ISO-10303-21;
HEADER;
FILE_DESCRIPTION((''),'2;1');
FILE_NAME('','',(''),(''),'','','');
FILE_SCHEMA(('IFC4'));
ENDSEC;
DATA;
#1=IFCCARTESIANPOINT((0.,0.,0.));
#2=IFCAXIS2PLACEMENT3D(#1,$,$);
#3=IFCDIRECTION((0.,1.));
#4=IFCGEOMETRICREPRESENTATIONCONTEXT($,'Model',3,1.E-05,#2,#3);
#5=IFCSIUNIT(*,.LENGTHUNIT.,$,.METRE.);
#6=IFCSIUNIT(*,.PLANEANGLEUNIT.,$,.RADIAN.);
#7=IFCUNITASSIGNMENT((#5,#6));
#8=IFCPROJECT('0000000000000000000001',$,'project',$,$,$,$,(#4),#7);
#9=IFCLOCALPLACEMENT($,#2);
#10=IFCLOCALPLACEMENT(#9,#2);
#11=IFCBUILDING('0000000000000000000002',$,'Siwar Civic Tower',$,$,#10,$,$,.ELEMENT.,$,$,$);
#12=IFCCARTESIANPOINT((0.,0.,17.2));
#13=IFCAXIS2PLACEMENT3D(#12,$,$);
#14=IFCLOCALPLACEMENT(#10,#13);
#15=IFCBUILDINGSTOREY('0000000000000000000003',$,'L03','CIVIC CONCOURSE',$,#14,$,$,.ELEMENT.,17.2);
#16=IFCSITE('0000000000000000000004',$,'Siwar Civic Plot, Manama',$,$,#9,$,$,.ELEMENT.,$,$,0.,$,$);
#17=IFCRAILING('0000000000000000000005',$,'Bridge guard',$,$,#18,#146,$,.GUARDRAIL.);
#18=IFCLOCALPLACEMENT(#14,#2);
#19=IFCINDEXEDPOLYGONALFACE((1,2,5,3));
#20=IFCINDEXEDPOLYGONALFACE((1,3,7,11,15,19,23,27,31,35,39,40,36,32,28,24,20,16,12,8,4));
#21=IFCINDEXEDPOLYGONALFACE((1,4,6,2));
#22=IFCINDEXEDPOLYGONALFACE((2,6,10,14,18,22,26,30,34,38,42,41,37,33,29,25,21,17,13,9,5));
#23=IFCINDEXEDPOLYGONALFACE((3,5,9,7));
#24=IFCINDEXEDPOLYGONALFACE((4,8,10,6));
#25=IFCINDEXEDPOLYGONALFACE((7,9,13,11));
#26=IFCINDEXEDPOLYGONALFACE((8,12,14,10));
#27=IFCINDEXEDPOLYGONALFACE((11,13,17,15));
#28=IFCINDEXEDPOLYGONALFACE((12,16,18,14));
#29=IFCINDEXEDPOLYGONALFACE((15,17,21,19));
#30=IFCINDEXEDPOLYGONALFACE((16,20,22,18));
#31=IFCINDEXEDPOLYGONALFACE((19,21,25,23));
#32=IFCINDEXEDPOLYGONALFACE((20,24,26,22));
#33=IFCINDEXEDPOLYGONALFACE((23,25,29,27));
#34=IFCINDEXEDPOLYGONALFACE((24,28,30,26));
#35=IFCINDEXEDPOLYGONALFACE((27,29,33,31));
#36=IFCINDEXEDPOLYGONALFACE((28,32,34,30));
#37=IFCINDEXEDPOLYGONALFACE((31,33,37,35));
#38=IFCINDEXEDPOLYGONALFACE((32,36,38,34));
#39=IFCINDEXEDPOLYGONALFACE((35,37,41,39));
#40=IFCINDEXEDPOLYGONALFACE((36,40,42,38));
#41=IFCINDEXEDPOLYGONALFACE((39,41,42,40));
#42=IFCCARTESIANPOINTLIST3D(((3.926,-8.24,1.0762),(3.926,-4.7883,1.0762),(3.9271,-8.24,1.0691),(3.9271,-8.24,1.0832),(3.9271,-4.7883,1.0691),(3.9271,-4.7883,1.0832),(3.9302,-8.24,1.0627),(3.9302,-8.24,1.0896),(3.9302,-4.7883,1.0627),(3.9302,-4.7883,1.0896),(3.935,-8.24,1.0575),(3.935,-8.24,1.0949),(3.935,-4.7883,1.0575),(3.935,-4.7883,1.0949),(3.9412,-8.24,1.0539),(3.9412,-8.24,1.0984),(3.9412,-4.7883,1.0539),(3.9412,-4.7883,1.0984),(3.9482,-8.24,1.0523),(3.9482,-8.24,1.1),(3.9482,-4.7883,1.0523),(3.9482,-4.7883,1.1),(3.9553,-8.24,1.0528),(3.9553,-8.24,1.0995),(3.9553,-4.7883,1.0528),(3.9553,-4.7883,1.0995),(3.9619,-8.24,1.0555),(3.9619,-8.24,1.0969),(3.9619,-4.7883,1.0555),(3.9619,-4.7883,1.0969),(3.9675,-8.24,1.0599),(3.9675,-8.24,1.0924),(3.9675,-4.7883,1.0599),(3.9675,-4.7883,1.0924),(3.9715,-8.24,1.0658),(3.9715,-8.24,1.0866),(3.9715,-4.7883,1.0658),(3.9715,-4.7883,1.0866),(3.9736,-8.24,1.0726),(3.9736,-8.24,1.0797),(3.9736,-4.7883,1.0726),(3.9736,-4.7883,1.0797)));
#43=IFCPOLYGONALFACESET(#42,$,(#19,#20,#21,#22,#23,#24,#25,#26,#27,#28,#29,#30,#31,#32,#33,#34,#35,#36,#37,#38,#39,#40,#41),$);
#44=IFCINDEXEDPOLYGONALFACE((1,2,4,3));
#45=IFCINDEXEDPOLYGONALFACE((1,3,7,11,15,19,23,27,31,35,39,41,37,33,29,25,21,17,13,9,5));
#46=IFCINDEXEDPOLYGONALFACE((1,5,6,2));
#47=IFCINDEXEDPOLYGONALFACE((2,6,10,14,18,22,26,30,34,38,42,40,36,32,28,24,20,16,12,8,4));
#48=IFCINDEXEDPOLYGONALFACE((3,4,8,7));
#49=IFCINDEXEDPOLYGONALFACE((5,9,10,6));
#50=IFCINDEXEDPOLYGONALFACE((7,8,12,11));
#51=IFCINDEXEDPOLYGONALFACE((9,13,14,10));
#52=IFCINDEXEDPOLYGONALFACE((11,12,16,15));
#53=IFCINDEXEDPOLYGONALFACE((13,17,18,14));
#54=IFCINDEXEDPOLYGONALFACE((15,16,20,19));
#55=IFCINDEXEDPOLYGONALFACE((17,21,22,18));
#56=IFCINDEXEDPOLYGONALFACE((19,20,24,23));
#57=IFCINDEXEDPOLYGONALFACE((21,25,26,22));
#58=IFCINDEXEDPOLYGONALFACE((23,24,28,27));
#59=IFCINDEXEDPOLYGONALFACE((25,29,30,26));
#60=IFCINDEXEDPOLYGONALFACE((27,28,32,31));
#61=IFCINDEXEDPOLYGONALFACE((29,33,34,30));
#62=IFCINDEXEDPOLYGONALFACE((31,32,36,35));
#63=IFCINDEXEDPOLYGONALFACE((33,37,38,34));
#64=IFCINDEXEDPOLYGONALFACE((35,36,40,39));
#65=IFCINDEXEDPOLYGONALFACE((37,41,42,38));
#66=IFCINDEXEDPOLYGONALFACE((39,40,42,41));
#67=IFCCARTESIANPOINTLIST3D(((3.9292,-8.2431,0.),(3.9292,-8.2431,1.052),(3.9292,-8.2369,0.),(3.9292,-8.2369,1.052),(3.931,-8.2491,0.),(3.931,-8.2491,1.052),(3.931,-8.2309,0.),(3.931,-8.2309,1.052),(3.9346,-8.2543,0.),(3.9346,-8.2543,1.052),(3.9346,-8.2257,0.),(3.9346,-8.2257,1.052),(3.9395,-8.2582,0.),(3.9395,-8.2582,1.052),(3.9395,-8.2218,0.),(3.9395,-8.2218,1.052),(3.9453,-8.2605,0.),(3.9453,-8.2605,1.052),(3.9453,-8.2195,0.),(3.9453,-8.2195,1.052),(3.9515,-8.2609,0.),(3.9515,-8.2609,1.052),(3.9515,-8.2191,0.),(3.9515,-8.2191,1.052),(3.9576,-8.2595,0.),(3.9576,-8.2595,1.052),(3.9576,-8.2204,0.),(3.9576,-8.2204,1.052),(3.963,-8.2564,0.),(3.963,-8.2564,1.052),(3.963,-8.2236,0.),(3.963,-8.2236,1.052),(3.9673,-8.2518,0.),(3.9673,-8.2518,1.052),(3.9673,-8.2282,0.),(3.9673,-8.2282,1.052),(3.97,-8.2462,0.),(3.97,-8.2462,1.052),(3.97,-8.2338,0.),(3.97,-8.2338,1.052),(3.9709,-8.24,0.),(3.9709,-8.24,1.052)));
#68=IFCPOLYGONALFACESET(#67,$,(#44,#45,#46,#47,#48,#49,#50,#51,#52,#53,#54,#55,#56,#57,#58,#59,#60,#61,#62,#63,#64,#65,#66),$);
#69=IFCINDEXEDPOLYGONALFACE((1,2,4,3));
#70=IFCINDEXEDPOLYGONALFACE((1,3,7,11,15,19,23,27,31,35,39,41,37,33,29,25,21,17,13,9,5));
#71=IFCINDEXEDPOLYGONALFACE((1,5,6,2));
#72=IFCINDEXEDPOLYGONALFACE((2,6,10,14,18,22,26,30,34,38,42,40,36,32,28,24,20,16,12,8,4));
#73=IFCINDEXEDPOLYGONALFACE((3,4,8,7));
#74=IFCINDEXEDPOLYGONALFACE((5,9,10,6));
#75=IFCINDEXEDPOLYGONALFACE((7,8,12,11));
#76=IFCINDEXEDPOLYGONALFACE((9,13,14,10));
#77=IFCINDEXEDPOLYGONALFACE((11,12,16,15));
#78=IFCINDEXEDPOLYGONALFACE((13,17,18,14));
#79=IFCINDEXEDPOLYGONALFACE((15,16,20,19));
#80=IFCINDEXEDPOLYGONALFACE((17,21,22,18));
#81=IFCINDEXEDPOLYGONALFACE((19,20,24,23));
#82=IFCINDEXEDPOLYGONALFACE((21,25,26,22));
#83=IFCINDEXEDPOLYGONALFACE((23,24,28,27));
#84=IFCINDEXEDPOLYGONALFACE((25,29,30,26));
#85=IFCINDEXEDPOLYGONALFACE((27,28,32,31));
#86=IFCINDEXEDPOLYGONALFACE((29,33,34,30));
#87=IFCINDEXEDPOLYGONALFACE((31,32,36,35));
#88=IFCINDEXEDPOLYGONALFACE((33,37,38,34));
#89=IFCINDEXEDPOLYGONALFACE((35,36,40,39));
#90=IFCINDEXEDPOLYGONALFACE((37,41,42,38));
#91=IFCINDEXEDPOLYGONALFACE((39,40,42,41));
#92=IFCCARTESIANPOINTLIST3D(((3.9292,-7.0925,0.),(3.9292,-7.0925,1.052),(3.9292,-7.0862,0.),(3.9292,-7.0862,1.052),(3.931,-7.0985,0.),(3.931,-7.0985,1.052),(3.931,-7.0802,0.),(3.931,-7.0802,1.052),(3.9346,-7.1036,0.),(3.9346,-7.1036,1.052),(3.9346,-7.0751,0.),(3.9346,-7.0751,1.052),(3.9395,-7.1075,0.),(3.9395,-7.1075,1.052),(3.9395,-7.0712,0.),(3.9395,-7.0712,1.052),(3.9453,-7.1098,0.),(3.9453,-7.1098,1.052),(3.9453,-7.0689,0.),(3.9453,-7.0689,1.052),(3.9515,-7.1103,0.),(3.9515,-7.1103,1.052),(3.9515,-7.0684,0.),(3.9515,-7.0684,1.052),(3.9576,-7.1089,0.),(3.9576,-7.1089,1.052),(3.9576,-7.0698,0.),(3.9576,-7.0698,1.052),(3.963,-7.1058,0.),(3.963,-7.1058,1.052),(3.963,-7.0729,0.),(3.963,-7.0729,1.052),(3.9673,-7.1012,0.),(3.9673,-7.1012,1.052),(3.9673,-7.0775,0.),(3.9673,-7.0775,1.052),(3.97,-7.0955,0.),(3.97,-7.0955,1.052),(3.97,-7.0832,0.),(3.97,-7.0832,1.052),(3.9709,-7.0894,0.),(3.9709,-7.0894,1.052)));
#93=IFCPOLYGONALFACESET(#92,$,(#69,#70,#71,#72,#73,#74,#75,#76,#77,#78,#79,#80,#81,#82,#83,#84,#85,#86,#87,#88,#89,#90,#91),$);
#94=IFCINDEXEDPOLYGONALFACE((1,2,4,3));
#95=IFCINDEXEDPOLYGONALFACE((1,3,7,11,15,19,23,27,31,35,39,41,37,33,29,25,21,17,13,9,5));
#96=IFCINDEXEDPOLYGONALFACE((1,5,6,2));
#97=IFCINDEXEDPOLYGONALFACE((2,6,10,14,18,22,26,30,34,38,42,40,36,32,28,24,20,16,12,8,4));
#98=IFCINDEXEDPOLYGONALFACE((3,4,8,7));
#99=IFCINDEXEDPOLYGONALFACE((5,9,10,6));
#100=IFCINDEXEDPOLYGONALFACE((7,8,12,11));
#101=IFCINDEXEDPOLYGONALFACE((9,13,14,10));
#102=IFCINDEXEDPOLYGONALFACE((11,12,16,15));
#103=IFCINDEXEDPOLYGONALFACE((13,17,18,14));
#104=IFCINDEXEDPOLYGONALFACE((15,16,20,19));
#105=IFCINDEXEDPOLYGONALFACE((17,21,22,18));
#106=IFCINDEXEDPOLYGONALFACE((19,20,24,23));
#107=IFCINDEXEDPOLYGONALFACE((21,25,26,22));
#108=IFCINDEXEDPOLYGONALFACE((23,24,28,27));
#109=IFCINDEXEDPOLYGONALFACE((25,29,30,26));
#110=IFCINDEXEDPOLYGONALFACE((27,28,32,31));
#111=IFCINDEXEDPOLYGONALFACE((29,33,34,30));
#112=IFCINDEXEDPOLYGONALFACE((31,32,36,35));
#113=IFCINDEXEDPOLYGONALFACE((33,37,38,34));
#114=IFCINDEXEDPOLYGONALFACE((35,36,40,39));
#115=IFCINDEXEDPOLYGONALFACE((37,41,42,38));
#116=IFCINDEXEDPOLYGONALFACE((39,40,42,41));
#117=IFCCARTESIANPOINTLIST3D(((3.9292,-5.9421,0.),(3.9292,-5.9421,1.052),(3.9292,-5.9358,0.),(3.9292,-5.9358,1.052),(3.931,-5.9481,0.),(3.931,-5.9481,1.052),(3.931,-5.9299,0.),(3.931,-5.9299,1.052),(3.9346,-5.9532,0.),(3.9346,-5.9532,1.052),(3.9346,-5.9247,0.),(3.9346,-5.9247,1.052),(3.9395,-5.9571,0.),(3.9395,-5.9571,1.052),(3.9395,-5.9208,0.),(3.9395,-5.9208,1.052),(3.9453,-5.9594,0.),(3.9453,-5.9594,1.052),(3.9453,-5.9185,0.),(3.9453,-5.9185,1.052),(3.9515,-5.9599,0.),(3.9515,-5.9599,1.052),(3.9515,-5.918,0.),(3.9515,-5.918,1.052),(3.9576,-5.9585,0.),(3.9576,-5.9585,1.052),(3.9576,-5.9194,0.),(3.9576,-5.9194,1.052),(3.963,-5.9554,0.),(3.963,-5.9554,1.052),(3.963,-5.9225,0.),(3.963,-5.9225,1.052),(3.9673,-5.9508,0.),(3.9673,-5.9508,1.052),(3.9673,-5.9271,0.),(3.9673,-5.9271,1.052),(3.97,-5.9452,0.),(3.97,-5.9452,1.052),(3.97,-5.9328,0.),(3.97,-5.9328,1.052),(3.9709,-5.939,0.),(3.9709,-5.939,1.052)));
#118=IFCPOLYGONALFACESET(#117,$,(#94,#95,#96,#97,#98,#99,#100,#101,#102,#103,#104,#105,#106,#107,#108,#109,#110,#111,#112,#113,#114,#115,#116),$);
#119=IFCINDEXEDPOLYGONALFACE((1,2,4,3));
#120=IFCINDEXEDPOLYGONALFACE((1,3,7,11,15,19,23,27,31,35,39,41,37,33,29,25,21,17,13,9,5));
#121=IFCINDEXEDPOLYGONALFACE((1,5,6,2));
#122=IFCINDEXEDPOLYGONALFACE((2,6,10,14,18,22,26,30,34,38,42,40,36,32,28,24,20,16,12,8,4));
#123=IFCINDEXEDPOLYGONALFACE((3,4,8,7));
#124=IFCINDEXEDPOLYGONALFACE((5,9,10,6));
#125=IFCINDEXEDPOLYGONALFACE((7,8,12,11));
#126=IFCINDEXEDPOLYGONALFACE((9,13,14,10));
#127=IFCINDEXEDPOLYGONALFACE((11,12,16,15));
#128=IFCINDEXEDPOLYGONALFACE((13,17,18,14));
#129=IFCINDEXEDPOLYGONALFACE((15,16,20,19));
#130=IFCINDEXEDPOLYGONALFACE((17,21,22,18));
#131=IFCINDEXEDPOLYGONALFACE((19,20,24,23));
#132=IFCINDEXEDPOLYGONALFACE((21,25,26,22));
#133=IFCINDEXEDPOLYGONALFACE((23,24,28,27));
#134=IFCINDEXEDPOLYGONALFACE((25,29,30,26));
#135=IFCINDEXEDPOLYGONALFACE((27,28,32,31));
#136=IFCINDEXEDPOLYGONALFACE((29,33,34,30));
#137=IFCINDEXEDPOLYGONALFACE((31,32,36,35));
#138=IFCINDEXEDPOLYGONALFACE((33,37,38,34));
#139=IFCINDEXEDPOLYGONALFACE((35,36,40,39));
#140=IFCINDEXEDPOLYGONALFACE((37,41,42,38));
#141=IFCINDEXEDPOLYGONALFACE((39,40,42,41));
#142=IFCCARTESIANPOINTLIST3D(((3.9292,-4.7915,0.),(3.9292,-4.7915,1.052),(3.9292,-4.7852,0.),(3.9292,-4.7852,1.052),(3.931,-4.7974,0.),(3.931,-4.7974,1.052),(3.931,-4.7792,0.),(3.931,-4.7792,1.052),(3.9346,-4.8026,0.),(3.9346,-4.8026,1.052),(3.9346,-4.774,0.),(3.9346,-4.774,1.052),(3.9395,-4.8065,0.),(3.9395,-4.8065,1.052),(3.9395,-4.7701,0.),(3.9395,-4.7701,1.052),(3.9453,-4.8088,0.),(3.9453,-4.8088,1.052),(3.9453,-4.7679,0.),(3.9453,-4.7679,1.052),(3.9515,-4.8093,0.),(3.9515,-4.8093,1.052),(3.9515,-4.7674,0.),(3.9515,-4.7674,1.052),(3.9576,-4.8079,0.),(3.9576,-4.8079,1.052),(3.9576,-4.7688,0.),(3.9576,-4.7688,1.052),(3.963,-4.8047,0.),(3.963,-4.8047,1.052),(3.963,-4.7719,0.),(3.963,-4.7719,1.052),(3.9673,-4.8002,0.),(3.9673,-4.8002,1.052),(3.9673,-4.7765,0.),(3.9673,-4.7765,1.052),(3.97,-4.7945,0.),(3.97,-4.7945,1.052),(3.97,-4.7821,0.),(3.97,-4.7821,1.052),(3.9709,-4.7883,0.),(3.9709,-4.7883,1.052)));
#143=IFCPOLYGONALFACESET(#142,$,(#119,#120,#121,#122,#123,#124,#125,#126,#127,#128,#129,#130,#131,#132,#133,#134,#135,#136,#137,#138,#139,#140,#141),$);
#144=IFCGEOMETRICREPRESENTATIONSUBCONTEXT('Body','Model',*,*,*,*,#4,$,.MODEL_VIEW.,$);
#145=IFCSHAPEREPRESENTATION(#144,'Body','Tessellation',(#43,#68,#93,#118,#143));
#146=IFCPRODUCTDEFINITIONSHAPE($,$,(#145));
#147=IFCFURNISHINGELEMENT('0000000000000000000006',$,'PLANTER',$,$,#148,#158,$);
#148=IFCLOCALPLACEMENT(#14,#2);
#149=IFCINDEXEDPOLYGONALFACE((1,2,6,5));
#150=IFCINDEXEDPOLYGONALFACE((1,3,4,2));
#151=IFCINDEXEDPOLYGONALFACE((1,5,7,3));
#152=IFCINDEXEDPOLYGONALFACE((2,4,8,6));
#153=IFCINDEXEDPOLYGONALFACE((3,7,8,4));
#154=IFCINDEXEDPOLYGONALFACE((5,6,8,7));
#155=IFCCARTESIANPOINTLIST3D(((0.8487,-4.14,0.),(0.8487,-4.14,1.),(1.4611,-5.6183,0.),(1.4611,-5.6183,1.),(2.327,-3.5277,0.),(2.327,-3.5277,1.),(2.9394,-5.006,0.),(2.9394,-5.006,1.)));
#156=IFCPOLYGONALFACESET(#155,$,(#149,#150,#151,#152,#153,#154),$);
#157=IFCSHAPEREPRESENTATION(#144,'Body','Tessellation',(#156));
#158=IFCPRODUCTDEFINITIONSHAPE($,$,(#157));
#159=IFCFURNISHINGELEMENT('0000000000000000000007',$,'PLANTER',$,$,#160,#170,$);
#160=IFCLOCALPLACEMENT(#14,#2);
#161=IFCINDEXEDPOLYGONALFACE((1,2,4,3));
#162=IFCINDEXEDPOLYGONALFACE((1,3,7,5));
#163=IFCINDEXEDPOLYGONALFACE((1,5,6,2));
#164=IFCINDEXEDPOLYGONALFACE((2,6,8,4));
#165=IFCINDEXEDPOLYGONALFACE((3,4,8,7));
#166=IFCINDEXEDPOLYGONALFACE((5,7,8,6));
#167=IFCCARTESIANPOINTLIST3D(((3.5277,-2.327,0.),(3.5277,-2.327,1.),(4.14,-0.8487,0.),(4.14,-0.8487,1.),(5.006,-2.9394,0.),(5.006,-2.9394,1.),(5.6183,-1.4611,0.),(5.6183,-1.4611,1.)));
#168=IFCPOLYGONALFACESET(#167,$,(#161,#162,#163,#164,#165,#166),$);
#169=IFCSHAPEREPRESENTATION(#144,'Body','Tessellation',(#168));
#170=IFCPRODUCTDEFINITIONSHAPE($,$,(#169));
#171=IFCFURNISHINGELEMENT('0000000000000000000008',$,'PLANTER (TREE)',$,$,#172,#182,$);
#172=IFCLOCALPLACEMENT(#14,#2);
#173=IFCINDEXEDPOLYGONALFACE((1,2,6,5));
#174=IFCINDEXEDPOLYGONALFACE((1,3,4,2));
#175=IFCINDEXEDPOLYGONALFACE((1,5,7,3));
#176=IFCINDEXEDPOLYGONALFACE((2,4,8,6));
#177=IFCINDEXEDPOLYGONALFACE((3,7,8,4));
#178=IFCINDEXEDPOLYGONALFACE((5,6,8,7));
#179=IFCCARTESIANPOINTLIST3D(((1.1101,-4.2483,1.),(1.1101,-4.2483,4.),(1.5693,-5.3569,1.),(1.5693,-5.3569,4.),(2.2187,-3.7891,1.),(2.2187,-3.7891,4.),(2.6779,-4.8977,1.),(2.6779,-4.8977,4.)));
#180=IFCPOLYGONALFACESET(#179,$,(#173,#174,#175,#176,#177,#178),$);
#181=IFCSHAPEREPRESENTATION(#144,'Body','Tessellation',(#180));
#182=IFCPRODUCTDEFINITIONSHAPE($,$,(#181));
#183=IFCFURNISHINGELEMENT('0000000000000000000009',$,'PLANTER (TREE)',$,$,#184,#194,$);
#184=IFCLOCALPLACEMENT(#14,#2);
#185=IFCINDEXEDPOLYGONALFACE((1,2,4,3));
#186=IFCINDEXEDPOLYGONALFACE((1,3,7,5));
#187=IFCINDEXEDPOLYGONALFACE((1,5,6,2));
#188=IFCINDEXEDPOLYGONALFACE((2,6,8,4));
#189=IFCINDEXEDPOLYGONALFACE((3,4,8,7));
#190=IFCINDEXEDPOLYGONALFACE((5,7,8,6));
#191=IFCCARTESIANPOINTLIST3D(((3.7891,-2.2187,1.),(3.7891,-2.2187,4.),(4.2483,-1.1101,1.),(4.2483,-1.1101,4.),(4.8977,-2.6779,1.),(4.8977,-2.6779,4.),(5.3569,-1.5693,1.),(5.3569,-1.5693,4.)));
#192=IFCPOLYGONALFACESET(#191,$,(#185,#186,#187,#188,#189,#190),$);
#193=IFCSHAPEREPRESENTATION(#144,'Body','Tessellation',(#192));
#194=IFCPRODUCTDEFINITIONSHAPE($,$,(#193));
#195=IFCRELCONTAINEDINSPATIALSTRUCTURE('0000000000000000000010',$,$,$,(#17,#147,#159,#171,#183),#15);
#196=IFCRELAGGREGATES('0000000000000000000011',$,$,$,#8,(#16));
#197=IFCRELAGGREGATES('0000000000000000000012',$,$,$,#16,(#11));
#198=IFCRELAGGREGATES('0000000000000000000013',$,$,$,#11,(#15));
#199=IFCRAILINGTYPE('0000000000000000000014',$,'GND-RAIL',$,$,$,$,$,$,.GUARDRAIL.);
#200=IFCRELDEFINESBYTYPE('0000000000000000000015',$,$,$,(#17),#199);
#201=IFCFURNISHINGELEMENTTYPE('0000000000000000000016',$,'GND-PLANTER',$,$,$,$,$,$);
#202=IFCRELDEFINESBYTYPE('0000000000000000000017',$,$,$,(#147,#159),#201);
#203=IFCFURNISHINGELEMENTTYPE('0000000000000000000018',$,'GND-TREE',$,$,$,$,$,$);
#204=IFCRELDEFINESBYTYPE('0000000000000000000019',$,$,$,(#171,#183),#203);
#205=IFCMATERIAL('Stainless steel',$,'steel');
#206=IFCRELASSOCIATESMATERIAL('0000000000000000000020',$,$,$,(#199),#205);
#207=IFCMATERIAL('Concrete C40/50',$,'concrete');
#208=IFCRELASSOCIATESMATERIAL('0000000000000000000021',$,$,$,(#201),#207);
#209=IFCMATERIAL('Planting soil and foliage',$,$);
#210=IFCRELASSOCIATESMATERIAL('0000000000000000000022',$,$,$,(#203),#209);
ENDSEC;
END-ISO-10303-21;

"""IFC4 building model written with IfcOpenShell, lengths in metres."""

from ifc_helpers import new_model, si_unit, direction, frame, origin, origin_2d, place, context, subcontext, project, spatial, rectangle, circle, extrude, material, type_object, element, save


model = new_model("IFC4")

# Units and contexts
model_context = context("Model", 3, precision=1e-05, world=origin(), true_north=direction((0.0, 1.0)))
body_context = subcontext(model_context, "Body", "Model", "MODEL_VIEW")
ifc_project = project(units=[si_unit("LENGTHUNIT", "METRE"), si_unit("PLANEANGLEUNIT", "RADIAN")], contexts=[model_context])

# Site, building, storey
site_placement = place(None, origin())
site = spatial("IfcSite", under=ifc_project, at=site_placement, Name="Siwar Civic Plot, Manama", CompositionType="ELEMENT", RefElevation=0.0)
building_placement = place(site_placement, origin())
building = spatial("IfcBuilding", under=site, at=building_placement, Name="Siwar Civic Tower", CompositionType="ELEMENT")
storey_placement = place(building_placement, frame((0.0, 0.0, 17.2)))
storey = spatial("IfcBuildingStorey", under=building, at=storey_placement, Name="L03", Description="CIVIC CONCOURSE", CompositionType="ELEMENT", Elevation=17.2)

# Railing
ifc_material_1 = material(Name="Stainless steel", Category="steel")
railing_type = type_object("IfcRailingType", Name="GND-RAIL", PredefinedType="GUARDRAIL", material=ifc_material_1)
railing_1_placement = place(storey_placement, frame((3.95, -8.24, 0.0)))
element("IfcRailing", 1, at=railing_1_placement, inside=storey, type_object=railing_type, Name="Bridge guard", PredefinedType="GUARDRAIL", context=body_context, shape_type="SweptSolid", body=[
    extrude(circle(Radius=0.0239, at=origin_2d()), frame((0.0, 0.0, 1.0762), z_axis=(0.0, 1.0, 0.0), x_axis=(-1.0, 0.0, 0.0)), (0.0, 0.0, 1.0), 3.4517),
    extrude(circle(Radius=0.021, at=origin_2d()), origin(), (0.0, 0.0, 1.0), 1.052),
    extrude(circle(Radius=0.021, at=origin_2d()), frame((0.0, 1.1506, 0.0)), (0.0, 0.0, 1.0), 1.052),
    extrude(circle(Radius=0.021, at=origin_2d()), frame((0.0, 2.301, 0.0)), (0.0, 0.0, 1.0), 1.052),
    extrude(circle(Radius=0.021, at=origin_2d()), frame((0.0, 3.4517, 0.0)), (0.0, 0.0, 1.0), 1.052),
])

# Furnishing elements
ifc_material_2 = material(Name="Concrete C40/50", Category="concrete")
furnishing_element_type_1 = type_object("IfcFurnishingElementType", Name="GND-PLANTER", material=ifc_material_2)
for number, where, z_axis, x_axis, name in (
    (2, (1.894, -4.573, 0.0), (0.0, 0.0, 1.0), (0.382683, -0.92388, 0.0), "PLANTER"),
    (3, (4.573, -1.894, 0.0), (0.0, 0.0, 1.0), (0.92388, -0.382683, 0.0), "PLANTER"),
):
    element("IfcFurnishingElement", number, at=place(storey_placement, frame(where, z_axis=z_axis, x_axis=x_axis)), inside=storey, type_object=furnishing_element_type_1, Name=name, context=body_context, shape_type="SweptSolid", body=[
        extrude(rectangle(XDim=1.6001, YDim=1.6001, at=origin_2d()), origin(), (0.0, 0.0, 1.0), 1.0),
    ])
ifc_material_3 = material(Name="Planting soil and foliage")
furnishing_element_type_2 = type_object("IfcFurnishingElementType", Name="GND-TREE", material=ifc_material_3)
for number, where, z_axis, x_axis, name in (
    (4, (1.894, -4.573, 1.0), (0.0, 0.0, 1.0), (0.382683, -0.92388, 0.0), "PLANTER (TREE)"),
    (5, (4.573, -1.894, 1.0), (0.0, 0.0, 1.0), (0.92388, -0.382683, 0.0), "PLANTER (TREE)"),
):
    element("IfcFurnishingElement", number, at=place(storey_placement, frame(where, z_axis=z_axis, x_axis=x_axis)), inside=storey, type_object=furnishing_element_type_2, Name=name, context=body_context, shape_type="SweptSolid", body=[
        extrude(rectangle(XDim=1.2, YDim=1.2, at=origin_2d()), origin(), (0.0, 0.0, 1.0), 3.0),
    ])

save(model, "model.ifc")
